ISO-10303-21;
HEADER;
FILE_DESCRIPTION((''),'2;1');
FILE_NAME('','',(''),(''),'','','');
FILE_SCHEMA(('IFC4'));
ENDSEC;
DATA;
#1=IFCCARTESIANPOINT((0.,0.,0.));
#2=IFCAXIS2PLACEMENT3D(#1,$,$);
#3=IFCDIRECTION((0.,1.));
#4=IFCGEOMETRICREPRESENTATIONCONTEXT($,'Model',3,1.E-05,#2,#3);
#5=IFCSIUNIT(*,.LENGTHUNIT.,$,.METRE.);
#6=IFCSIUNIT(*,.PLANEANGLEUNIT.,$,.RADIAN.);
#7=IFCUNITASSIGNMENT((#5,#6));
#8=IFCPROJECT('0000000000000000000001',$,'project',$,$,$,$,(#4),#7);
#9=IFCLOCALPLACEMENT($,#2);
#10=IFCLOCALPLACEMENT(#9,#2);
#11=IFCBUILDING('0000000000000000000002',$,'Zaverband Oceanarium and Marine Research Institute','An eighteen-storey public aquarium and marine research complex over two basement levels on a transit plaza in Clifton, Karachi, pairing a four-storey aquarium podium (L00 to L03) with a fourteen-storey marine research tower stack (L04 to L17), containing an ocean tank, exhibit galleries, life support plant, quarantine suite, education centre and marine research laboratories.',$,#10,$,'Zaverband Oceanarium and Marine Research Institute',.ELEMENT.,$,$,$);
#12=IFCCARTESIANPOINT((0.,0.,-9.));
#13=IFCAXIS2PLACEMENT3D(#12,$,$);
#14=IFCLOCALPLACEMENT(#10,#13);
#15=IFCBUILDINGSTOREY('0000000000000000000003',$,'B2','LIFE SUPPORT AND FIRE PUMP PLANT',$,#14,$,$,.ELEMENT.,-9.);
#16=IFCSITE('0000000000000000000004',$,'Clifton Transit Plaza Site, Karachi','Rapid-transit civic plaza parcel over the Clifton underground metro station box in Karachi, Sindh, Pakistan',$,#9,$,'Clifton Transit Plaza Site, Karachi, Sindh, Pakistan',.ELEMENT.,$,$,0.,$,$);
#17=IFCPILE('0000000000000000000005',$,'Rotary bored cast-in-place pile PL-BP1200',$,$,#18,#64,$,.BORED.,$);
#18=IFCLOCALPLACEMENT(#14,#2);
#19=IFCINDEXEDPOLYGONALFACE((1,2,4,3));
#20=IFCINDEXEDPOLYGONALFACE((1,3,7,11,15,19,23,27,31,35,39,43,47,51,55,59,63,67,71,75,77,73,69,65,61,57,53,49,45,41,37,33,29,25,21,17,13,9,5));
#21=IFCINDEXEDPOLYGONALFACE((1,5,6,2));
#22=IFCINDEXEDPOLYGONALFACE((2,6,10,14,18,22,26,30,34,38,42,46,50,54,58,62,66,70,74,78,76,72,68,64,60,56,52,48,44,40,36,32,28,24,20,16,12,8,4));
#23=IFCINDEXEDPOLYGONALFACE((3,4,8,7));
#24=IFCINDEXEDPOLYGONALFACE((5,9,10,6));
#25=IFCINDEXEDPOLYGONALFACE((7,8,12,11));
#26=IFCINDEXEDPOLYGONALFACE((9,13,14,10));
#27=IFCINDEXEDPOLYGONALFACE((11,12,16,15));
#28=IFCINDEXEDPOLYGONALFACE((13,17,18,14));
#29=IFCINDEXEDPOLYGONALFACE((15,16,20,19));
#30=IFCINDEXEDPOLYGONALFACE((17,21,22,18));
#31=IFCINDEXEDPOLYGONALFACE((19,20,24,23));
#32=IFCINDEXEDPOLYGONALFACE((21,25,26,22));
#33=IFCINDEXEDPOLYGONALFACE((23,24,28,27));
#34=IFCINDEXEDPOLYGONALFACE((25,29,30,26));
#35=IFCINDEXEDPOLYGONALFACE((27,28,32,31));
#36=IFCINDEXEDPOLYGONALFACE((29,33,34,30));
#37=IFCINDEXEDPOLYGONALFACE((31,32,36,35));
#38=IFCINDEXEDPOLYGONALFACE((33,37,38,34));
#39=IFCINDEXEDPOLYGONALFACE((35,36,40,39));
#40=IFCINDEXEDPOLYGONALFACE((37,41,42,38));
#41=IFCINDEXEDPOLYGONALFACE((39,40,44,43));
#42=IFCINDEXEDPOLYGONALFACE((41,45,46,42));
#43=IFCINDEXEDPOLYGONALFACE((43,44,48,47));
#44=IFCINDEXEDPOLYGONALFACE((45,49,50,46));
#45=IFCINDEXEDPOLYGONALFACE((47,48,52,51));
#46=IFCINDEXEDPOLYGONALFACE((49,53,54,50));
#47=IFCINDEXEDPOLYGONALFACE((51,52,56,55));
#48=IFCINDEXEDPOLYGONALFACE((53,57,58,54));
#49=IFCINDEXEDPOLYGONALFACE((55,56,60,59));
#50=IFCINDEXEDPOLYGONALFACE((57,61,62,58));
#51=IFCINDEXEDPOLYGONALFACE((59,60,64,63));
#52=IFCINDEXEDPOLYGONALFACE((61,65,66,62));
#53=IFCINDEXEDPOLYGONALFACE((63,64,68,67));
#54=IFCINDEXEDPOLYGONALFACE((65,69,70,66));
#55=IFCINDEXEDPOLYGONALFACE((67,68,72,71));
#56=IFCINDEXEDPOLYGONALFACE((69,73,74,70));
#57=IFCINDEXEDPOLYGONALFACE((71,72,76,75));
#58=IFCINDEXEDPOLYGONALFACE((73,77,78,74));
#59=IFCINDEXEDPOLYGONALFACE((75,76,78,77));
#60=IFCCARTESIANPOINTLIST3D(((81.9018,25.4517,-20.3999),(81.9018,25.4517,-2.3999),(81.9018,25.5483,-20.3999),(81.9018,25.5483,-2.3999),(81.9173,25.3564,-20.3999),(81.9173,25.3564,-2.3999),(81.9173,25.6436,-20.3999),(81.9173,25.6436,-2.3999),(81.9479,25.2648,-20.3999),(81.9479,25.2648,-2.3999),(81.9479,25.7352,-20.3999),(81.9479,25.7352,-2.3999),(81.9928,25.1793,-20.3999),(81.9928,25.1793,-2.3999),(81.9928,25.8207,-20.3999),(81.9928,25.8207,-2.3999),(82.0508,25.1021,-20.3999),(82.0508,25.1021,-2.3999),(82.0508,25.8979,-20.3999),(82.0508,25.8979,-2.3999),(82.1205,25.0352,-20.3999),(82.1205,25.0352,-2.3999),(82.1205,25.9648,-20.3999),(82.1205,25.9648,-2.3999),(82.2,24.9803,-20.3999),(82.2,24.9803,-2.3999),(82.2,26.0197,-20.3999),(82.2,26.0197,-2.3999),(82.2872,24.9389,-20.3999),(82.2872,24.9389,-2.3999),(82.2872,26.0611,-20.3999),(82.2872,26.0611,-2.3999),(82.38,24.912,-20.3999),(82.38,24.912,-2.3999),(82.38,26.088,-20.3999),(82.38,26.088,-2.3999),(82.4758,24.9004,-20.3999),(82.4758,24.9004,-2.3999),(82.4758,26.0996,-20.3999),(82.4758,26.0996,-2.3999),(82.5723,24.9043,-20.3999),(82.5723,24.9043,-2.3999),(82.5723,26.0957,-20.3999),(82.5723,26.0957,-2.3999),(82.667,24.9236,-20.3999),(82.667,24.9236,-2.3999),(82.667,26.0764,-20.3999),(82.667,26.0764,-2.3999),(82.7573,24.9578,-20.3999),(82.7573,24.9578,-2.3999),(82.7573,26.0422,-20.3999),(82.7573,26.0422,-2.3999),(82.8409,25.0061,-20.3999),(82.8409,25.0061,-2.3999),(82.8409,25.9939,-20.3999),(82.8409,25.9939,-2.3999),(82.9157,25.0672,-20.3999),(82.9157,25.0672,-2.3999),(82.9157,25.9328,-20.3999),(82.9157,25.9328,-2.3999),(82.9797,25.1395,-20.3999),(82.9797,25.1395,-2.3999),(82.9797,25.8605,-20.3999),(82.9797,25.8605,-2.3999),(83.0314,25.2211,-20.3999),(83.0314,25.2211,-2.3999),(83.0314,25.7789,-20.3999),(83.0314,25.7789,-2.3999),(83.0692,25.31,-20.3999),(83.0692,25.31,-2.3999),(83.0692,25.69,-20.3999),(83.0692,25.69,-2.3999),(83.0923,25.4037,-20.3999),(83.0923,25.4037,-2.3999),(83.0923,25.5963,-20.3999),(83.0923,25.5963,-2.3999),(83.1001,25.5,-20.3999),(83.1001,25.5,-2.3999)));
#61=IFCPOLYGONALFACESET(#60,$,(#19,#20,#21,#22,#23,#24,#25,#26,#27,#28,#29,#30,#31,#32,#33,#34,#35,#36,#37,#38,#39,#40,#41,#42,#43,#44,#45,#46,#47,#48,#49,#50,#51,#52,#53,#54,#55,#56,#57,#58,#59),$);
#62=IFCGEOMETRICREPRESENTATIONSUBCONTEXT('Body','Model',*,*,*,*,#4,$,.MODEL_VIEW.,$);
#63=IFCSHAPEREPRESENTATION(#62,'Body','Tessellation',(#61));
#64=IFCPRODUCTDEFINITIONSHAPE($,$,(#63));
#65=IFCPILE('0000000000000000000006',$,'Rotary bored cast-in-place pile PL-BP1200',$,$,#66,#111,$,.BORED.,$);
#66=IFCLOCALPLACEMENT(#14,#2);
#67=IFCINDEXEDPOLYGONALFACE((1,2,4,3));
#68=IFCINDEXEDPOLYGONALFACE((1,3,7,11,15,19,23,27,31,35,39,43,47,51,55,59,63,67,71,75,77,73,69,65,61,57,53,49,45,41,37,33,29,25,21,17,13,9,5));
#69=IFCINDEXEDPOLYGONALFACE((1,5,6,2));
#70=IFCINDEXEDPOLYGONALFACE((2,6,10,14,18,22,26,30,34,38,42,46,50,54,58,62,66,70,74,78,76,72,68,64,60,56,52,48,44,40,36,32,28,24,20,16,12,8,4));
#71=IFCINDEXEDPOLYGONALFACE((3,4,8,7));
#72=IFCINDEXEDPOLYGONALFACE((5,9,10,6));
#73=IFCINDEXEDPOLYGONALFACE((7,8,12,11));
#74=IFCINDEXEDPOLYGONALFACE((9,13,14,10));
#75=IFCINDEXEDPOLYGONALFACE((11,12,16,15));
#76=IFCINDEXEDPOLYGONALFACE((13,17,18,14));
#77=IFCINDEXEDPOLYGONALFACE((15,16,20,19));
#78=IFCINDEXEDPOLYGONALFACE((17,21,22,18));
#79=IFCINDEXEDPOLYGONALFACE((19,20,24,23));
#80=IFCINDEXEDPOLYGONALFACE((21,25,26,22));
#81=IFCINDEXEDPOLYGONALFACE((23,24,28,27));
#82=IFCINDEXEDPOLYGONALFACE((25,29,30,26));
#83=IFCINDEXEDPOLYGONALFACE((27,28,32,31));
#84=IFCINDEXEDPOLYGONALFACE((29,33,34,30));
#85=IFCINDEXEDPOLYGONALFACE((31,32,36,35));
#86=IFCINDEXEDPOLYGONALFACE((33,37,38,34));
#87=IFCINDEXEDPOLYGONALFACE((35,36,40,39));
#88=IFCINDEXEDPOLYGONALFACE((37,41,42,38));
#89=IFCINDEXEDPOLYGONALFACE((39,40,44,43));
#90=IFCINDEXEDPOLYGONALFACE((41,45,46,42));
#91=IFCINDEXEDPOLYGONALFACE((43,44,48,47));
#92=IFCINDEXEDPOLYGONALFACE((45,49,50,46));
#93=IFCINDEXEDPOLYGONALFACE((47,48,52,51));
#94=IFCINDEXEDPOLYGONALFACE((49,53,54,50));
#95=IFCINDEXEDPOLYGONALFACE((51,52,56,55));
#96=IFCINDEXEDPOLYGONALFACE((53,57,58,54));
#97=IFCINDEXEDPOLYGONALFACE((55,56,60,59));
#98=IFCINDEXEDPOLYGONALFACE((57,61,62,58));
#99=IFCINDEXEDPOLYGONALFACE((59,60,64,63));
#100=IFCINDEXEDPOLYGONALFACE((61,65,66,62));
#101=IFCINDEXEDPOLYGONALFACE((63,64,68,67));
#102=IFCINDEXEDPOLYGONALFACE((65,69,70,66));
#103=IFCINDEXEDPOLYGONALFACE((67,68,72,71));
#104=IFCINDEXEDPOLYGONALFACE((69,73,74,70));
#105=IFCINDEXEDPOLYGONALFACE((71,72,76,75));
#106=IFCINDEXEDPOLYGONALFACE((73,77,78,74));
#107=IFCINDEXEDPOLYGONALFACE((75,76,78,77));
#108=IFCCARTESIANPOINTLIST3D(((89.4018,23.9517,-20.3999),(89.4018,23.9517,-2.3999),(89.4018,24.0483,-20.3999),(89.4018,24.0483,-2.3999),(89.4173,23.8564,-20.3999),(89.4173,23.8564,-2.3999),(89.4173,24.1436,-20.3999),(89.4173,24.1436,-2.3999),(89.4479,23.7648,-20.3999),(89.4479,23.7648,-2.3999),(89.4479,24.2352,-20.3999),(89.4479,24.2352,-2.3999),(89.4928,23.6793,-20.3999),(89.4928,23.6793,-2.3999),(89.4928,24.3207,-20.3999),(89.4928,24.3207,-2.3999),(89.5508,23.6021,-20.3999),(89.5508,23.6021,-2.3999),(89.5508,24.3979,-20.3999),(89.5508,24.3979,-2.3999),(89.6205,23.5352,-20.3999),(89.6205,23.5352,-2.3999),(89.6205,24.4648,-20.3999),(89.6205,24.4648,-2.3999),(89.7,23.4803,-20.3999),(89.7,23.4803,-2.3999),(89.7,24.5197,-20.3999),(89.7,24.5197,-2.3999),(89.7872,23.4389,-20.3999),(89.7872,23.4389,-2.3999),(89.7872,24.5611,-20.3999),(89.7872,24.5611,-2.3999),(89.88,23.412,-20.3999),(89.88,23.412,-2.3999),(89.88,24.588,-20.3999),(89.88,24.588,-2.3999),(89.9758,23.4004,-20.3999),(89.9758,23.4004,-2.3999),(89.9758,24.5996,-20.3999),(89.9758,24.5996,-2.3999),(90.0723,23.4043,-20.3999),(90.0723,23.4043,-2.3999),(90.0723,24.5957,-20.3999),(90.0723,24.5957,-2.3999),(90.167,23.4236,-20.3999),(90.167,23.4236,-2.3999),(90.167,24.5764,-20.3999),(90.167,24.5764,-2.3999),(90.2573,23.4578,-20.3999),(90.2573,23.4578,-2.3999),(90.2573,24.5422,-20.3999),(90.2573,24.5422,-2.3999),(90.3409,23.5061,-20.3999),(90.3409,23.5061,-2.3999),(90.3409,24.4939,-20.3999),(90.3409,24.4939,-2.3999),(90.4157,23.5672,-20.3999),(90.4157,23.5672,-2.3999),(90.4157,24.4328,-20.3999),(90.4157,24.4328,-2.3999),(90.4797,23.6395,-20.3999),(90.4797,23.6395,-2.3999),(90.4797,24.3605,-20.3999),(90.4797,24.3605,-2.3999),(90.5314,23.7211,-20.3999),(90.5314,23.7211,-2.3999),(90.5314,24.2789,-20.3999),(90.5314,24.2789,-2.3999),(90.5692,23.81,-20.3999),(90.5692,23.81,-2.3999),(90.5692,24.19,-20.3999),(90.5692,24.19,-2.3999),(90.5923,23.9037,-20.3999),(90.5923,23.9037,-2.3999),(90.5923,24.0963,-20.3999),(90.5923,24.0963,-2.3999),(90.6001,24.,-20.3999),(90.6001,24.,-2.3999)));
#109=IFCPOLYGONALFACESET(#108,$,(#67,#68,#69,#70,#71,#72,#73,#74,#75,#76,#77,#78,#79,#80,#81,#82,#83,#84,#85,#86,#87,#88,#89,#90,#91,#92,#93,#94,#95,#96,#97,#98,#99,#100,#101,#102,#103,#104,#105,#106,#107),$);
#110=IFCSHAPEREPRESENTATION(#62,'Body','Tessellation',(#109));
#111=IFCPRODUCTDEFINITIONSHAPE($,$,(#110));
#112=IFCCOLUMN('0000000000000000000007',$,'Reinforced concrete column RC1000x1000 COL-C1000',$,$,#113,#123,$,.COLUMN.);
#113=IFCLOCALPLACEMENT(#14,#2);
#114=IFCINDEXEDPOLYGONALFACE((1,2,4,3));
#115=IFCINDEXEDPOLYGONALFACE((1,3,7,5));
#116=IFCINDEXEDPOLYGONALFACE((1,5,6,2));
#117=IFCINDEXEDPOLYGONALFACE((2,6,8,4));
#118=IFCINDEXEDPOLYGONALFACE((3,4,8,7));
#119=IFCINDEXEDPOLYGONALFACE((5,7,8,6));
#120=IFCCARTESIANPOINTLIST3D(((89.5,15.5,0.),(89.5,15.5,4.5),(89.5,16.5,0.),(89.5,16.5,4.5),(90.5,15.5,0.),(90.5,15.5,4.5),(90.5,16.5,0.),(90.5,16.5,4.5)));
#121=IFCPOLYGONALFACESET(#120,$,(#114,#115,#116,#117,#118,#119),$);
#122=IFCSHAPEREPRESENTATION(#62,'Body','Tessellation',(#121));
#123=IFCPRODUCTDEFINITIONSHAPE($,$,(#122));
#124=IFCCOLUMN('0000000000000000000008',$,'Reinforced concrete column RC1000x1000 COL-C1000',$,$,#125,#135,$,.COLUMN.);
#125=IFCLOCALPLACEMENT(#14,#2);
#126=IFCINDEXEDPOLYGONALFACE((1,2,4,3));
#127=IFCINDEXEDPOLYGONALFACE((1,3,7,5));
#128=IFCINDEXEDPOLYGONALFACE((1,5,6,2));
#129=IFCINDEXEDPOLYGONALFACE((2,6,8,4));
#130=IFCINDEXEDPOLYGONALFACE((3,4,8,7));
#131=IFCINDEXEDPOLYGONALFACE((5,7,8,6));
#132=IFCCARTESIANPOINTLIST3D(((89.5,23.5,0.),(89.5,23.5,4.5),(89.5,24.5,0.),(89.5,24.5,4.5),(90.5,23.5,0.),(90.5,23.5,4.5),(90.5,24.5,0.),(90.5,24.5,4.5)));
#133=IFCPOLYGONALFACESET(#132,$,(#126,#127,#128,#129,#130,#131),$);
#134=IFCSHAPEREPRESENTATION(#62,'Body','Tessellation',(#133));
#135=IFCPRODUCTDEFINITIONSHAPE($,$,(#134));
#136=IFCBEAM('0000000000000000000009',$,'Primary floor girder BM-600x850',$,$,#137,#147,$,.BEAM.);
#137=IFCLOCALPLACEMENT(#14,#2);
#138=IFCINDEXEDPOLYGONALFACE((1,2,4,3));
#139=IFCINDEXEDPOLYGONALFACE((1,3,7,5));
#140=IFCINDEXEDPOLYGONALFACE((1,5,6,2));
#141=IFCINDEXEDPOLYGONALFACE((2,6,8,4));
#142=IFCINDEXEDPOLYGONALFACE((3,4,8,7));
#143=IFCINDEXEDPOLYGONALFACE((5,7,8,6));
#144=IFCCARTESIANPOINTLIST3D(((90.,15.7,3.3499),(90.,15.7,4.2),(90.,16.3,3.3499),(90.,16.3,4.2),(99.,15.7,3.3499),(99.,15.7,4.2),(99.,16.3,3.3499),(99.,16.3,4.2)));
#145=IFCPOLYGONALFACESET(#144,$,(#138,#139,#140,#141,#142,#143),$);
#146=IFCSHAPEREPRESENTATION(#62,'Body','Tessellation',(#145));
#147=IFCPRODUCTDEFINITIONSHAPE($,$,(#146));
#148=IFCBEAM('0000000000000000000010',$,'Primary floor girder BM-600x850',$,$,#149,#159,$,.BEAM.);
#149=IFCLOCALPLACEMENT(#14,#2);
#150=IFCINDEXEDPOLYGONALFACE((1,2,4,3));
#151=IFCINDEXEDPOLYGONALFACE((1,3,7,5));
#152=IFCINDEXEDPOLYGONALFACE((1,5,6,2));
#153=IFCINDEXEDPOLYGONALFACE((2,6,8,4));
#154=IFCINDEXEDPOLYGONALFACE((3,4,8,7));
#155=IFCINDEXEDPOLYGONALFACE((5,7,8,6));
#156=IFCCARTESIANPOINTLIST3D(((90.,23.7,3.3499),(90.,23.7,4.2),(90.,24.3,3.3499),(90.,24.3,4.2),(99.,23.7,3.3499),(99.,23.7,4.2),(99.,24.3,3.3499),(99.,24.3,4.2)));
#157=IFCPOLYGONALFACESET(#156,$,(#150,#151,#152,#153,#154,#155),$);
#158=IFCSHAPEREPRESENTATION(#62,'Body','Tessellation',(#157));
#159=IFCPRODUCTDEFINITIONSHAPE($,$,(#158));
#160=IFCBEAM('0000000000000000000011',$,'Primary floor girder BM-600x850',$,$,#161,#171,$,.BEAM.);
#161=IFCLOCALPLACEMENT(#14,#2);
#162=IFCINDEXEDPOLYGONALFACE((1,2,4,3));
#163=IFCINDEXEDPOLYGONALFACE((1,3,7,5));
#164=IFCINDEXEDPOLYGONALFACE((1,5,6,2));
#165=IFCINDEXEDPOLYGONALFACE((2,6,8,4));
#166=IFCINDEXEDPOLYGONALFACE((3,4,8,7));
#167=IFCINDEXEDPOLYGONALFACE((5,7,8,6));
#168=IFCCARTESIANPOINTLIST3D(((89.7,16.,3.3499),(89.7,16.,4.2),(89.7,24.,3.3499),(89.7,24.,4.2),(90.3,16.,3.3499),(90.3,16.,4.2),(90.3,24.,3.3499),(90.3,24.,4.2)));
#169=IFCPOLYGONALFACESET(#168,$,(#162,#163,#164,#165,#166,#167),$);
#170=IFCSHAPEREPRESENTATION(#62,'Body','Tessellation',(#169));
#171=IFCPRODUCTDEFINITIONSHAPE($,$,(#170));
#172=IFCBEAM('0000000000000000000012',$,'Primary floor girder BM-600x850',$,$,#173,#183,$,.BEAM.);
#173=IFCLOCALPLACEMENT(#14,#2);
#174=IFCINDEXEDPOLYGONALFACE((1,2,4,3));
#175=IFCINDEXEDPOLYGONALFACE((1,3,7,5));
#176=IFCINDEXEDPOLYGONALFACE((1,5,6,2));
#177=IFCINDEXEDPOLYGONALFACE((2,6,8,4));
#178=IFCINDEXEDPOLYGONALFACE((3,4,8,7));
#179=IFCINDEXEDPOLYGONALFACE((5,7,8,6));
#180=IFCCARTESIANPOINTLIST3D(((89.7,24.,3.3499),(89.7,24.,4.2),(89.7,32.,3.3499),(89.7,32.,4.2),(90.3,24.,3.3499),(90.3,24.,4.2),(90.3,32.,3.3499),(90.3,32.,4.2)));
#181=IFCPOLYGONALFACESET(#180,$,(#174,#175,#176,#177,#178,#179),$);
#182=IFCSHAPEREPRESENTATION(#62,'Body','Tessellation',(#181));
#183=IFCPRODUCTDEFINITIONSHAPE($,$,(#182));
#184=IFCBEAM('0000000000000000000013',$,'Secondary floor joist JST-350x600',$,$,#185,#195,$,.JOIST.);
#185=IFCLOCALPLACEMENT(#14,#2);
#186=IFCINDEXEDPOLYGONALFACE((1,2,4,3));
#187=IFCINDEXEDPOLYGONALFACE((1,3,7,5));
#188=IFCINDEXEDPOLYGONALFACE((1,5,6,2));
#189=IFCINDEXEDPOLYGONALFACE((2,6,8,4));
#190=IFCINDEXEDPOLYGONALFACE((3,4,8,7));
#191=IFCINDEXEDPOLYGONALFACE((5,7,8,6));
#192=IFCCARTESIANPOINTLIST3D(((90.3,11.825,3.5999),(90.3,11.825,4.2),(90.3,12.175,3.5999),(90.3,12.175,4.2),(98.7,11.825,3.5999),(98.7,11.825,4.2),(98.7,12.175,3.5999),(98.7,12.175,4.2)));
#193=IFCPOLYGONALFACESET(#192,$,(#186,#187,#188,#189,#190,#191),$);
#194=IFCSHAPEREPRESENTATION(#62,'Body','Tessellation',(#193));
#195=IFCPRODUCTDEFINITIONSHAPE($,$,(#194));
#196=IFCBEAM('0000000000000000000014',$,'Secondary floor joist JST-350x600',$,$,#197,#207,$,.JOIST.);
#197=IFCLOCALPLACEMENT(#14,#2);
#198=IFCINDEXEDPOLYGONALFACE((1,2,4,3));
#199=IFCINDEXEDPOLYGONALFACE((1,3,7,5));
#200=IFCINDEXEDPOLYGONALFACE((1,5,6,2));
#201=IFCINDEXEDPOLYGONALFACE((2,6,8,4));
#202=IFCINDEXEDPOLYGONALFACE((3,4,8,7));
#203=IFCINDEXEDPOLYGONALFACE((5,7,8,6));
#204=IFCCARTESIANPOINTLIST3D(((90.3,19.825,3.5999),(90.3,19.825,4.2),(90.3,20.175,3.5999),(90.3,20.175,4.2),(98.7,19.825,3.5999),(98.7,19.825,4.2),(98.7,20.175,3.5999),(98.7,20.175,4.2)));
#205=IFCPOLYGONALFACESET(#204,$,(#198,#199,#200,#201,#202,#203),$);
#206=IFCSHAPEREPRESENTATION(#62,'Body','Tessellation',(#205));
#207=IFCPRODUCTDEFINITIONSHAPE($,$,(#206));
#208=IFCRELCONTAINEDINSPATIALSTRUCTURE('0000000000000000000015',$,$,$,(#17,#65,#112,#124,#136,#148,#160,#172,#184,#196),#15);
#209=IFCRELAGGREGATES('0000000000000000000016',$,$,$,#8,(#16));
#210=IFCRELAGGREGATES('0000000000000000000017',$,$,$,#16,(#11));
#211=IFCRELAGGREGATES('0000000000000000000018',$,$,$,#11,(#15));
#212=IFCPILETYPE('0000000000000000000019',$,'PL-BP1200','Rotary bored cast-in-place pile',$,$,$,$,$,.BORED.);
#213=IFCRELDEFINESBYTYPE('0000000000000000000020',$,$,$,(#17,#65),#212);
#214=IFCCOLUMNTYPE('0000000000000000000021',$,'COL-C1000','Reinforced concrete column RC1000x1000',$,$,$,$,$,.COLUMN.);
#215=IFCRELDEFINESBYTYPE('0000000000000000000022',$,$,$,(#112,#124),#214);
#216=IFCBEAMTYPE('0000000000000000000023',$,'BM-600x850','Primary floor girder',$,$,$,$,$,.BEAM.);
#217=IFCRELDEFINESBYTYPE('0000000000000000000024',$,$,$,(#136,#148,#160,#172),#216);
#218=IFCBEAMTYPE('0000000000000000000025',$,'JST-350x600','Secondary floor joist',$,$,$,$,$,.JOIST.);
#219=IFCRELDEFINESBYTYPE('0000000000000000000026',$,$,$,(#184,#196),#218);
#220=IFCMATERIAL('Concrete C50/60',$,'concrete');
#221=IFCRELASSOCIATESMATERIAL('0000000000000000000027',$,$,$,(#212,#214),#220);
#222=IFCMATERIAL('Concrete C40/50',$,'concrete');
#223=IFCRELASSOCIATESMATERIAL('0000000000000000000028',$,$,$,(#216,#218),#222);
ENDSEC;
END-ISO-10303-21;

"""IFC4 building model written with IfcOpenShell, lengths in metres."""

from ifc_helpers import new_model, si_unit, direction, frame, origin, origin_2d, place, context, subcontext, project, spatial, rectangle, circle, extrude, material, material_profile, profile_set, type_object, element, save


model = new_model("IFC4")

# Units and contexts
model_context = context("Model", 3, precision=1e-05, world=origin(), true_north=direction((0.0, 1.0)))
body_context = subcontext(model_context, "Body", "Model", "MODEL_VIEW")
ifc_project = project(units=[si_unit("LENGTHUNIT", "METRE"), si_unit("PLANEANGLEUNIT", "RADIAN")], contexts=[model_context])

# Site, building, storey
site_placement = place(None, origin())
site = spatial("IfcSite", under=ifc_project, at=site_placement, Name="Clifton Transit Plaza Site, Karachi", Description="Rapid-transit civic plaza parcel over the Clifton underground metro station box in Karachi, Sindh, Pakistan", LongName="Clifton Transit Plaza Site, Karachi, Sindh, Pakistan", CompositionType="ELEMENT", RefElevation=0.0)
building_placement = place(site_placement, origin())
building = spatial("IfcBuilding", under=site, at=building_placement, Name="Zaverband Oceanarium and Marine Research Institute", Description="An eighteen-storey public aquarium and marine research complex over two basement levels on a transit plaza in Clifton, Karachi, pairing a four-storey aquarium podium (L00 to L03) with a fourteen-storey marine research tower stack (L04 to L17), containing an ocean tank, exhibit galleries, life support plant, quarantine suite, education centre and marine research laboratories.", LongName="Zaverband Oceanarium and Marine Research Institute", CompositionType="ELEMENT")
storey_placement = place(building_placement, frame((0.0, 0.0, -9.0)))
storey = spatial("IfcBuildingStorey", under=building, at=storey_placement, Name="B2", Description="LIFE SUPPORT AND FIRE PUMP PLANT", CompositionType="ELEMENT", Elevation=-9.0)

# Shared definitions
ifc_material_1 = material(Name="Concrete C50/60", Category="concrete")

# Piles
ifc_material_profile_1 = material_profile(ifc_material_1, circle(Radius=0.6001, at=origin_2d()), Name="BP1200")
ifc_profile_set_1 = profile_set([ifc_material_profile_1], Name="Concrete C50/60")
pile_type_1 = type_object("IfcPileType", Name="PL-BP1200", Description="Rotary bored cast-in-place pile", PredefinedType="BORED", material=ifc_profile_set_1)
for number, where, z_axis, x_axis, name in (
    (1, (82.5, 25.5, -2.3999), (0.0, 0.0, -1.0), (1.0, 0.0, 0.0), "Rotary bored cast-in-place pile PL-BP1200"),
    (2, (90.0, 24.0, -2.3999), (0.0, 0.0, -1.0), (1.0, 0.0, 0.0), "Rotary bored cast-in-place pile PL-BP1200"),
):
    element("IfcPile", number, at=place(storey_placement, frame(where, z_axis=z_axis, x_axis=x_axis)), inside=storey, type_object=pile_type_1, Name=name, PredefinedType="BORED", context=body_context, shape_type="SweptSolid", body=[
        extrude(circle(Radius=0.6001, at=origin_2d()), origin(), (0.0, 0.0, 1.0), 18.0),
    ])

# Columns
ifc_material_profile_2 = material_profile(ifc_material_1, rectangle(XDim=1.0, YDim=1.0, at=origin_2d()), Name="RC1000x1000")
ifc_profile_set_2 = profile_set([ifc_material_profile_2], Name="Concrete C50/60")
column_type = type_object("IfcColumnType", Name="COL-C1000", Description="Reinforced concrete column RC1000x1000", PredefinedType="COLUMN", material=ifc_profile_set_2)
for number, where, z_axis, x_axis, name in (
    (3, (90.0, 16.0, 0.0), (0.0, 0.0, 1.0), (1.0, 0.0, 0.0), "Reinforced concrete column RC1000x1000 COL-C1000"),
    (4, (90.0, 24.0, 0.0), (0.0, 0.0, 1.0), (1.0, 0.0, 0.0), "Reinforced concrete column RC1000x1000 COL-C1000"),
):
    element("IfcColumn", number, at=place(storey_placement, frame(where, z_axis=z_axis, x_axis=x_axis)), inside=storey, type_object=column_type, Name=name, PredefinedType="COLUMN", context=body_context, shape_type="SweptSolid", body=[
        extrude(rectangle(XDim=1.0, YDim=1.0, at=origin_2d()), origin(), (0.0, 0.0, 1.0), 4.5),
    ])

# Beams
ifc_material_2 = material(Name="Concrete C40/50", Category="concrete")
ifc_material_profile_3 = material_profile(ifc_material_2, rectangle(XDim=0.6001, YDim=0.8501, at=origin_2d()), Name="RC600x850")
ifc_profile_set_3 = profile_set([ifc_material_profile_3], Name="Concrete C40/50")
beam_type_1 = type_object("IfcBeamType", Name="BM-600x850", Description="Primary floor girder", PredefinedType="BEAM", material=ifc_profile_set_3)
for number, where, z_axis, x_axis, name in (
    (5, (90.0, 16.0, 3.7749), (1.0, 0.0, 0.0), (0.0, 1.0, 0.0), "Primary floor girder BM-600x850"),
    (6, (90.0, 24.0, 3.7749), (1.0, 0.0, 0.0), (0.0, 1.0, 0.0), "Primary floor girder BM-600x850"),
):
    element("IfcBeam", number, at=place(storey_placement, frame(where, z_axis=z_axis, x_axis=x_axis)), inside=storey, type_object=beam_type_1, Name=name, PredefinedType="BEAM", context=body_context, shape_type="SweptSolid", body=[
        extrude(rectangle(XDim=0.6001, YDim=0.8501, at=origin_2d()), origin(), (0.0, 0.0, 1.0), 9.0),
    ])
for number, where, z_axis, x_axis, name in (
    (7, (90.0, 16.0, 3.7749), (0.0, 1.0, 0.0), (-1.0, 0.0, 0.0), "Primary floor girder BM-600x850"),
    (8, (90.0, 24.0, 3.7749), (0.0, 1.0, 0.0), (-1.0, 0.0, 0.0), "Primary floor girder BM-600x850"),
):
    element("IfcBeam", number, at=place(storey_placement, frame(where, z_axis=z_axis, x_axis=x_axis)), inside=storey, type_object=beam_type_1, Name=name, PredefinedType="BEAM", context=body_context, shape_type="SweptSolid", body=[
        extrude(rectangle(XDim=0.6001, YDim=0.8501, at=origin_2d()), origin(), (0.0, 0.0, 1.0), 8.0),
    ])
ifc_material_profile_4 = material_profile(ifc_material_2, rectangle(XDim=0.3501, YDim=0.6001, at=origin_2d()), Name="RC350x600")
ifc_profile_set_4 = profile_set([ifc_material_profile_4], Name="Concrete C40/50")
beam_type_2 = type_object("IfcBeamType", Name="JST-350x600", Description="Secondary floor joist", PredefinedType="JOIST", material=ifc_profile_set_4)
for number, where, z_axis, x_axis, name in (
    (9, (90.3, 12.0, 3.8999), (1.0, 0.0, 0.0), (0.0, 1.0, 0.0), "Secondary floor joist JST-350x600"),
    (10, (90.3, 20.0, 3.8999), (1.0, 0.0, 0.0), (0.0, 1.0, 0.0), "Secondary floor joist JST-350x600"),
):
    element("IfcBeam", number, at=place(storey_placement, frame(where, z_axis=z_axis, x_axis=x_axis)), inside=storey, type_object=beam_type_2, Name=name, PredefinedType="JOIST", context=body_context, shape_type="SweptSolid", body=[
        extrude(rectangle(XDim=0.3501, YDim=0.6001, at=origin_2d()), origin(), (0.0, 0.0, 1.0), 8.3999),
    ])

save(model, "model.ifc")
